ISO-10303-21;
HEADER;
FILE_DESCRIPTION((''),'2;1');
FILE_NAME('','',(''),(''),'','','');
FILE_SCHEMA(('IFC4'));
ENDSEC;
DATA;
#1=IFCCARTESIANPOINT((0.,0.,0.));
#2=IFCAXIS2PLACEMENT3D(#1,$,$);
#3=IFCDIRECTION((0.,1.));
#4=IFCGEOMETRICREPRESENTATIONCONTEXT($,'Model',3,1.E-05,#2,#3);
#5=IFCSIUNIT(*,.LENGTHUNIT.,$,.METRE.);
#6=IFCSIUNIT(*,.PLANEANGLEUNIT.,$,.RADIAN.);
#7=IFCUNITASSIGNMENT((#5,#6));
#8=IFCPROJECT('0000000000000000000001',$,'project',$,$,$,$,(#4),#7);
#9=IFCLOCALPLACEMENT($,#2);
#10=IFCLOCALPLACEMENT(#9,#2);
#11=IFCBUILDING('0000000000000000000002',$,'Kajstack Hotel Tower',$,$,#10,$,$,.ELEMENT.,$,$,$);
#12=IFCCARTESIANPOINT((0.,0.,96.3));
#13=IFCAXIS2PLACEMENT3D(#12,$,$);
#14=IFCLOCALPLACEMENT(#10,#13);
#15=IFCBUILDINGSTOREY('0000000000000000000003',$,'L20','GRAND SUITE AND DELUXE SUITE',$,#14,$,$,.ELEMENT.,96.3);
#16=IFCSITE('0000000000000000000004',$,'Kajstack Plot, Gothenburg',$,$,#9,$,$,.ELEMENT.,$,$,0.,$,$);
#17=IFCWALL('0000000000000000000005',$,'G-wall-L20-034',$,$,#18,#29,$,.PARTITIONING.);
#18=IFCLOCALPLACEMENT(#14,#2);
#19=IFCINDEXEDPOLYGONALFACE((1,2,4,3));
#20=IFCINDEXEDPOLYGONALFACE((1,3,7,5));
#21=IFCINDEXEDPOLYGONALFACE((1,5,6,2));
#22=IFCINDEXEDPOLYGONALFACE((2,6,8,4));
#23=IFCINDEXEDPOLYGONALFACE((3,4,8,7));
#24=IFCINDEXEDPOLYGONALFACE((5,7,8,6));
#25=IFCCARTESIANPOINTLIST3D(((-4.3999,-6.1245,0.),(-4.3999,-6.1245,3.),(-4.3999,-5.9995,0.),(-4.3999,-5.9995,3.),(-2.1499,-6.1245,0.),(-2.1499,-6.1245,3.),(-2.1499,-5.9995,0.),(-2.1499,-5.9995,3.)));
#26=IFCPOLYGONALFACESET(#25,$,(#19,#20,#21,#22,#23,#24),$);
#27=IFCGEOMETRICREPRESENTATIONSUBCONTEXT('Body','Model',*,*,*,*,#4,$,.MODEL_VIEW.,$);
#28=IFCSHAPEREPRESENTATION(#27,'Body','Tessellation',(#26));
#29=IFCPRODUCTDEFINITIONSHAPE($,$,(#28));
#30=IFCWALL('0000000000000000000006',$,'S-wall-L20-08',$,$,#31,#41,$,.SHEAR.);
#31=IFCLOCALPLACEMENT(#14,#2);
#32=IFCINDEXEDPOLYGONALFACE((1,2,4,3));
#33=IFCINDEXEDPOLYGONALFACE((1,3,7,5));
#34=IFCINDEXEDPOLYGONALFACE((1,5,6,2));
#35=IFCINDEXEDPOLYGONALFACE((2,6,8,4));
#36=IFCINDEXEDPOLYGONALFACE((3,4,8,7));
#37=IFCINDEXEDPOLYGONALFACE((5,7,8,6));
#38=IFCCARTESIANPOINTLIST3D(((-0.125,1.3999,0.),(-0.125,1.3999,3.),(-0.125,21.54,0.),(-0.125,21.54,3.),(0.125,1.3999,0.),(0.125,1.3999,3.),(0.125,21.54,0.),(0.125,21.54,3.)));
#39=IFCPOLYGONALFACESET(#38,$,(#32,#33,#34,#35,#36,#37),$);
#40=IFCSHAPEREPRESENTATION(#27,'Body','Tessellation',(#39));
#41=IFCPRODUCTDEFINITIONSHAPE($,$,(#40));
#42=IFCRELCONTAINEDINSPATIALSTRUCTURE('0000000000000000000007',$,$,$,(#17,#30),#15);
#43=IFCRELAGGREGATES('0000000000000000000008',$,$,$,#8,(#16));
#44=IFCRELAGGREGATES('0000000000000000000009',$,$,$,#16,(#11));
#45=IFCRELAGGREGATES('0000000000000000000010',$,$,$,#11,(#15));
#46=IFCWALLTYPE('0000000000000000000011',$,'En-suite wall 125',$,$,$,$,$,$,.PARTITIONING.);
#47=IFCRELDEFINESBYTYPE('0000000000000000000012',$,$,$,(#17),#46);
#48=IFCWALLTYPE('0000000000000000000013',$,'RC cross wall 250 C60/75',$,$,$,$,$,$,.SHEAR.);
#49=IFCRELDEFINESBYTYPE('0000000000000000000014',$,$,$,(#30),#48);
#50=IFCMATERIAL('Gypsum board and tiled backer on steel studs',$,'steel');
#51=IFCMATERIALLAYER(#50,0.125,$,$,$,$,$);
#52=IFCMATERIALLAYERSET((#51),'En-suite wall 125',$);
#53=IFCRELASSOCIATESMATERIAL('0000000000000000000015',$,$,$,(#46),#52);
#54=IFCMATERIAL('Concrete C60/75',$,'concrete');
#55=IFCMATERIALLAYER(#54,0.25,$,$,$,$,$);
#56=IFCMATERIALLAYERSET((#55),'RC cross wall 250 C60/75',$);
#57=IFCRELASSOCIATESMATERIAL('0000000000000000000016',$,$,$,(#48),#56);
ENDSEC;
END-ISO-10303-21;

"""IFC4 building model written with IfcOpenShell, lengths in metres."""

from ifc_helpers import new_model, si_unit, direction, frame, frame_2d, origin, place, context, subcontext, project, spatial, rectangle, extrude, material, layer, layer_set, type_object, element, save


model = new_model("IFC4")

# Units and contexts
model_context = context("Model", 3, precision=1e-05, world=origin(), true_north=direction((0.0, 1.0)))
body_context = subcontext(model_context, "Body", "Model", "MODEL_VIEW")
ifc_project = project(units=[si_unit("LENGTHUNIT", "METRE"), si_unit("PLANEANGLEUNIT", "RADIAN")], contexts=[model_context])

# Site, building, storey
site_placement = place(None, origin())
site = spatial("IfcSite", under=ifc_project, at=site_placement, Name="Kajstack Plot, Gothenburg", CompositionType="ELEMENT", RefElevation=0.0)
building_placement = place(site_placement, origin())
building = spatial("IfcBuilding", under=site, at=building_placement, Name="Kajstack Hotel Tower", CompositionType="ELEMENT")
storey_placement = place(building_placement, frame((0.0, 0.0, 96.3)))
storey = spatial("IfcBuildingStorey", under=building, at=storey_placement, Name="L20", Description="GRAND SUITE AND DELUXE SUITE", CompositionType="ELEMENT", Elevation=96.3)

# Shared definitions
ifc_material_1 = material(Name="Gypsum board and tiled backer on steel studs", Category="steel")
ifc_layer_1 = layer(ifc_material_1, 0.125)
ifc_layer_set_1 = layer_set([ifc_layer_1], Name="En-suite wall 125")
wall_type_1 = type_object("IfcWallType", Name="En-suite wall 125", PredefinedType="PARTITIONING", material=ifc_layer_set_1)

# Walls
wall_1_placement = place(storey_placement, frame((-4.3999, -6.062, 0.0), z_axis=(0.0, 0.0, 1.0), x_axis=(1.0, 0.0, 0.0)))
element("IfcWall", 1, at=wall_1_placement, inside=storey, type_object=wall_type_1, Name="G-wall-L20-034", PredefinedType="PARTITIONING", context=body_context, shape_type="SweptSolid", body=[
    extrude(rectangle(XDim=2.25, YDim=0.125, at=frame_2d((1.125, 0.0))), origin(), (0.0, 0.0, 1.0), 3.0),
])
ifc_material_2 = material(Name="Concrete C60/75", Category="concrete")
ifc_layer_2 = layer(ifc_material_2, 0.25)
ifc_layer_set_2 = layer_set([ifc_layer_2], Name="RC cross wall 250 C60/75")
wall_type_2 = type_object("IfcWallType", Name="RC cross wall 250 C60/75", PredefinedType="SHEAR", material=ifc_layer_set_2)
wall_2_placement = place(storey_placement, frame((0.0, 1.3999, 0.0), z_axis=(0.0, 0.0, 1.0), x_axis=(0.0, 1.0, 0.0)))
element("IfcWall", 2, at=wall_2_placement, inside=storey, type_object=wall_type_2, Name="S-wall-L20-08", PredefinedType="SHEAR", context=body_context, shape_type="SweptSolid", body=[
    extrude(rectangle(XDim=20.1401, YDim=0.25, at=frame_2d((10.0701, 0.0))), origin(), (0.0, 0.0, 1.0), 3.0),
])

save(model, "model.ifc")
